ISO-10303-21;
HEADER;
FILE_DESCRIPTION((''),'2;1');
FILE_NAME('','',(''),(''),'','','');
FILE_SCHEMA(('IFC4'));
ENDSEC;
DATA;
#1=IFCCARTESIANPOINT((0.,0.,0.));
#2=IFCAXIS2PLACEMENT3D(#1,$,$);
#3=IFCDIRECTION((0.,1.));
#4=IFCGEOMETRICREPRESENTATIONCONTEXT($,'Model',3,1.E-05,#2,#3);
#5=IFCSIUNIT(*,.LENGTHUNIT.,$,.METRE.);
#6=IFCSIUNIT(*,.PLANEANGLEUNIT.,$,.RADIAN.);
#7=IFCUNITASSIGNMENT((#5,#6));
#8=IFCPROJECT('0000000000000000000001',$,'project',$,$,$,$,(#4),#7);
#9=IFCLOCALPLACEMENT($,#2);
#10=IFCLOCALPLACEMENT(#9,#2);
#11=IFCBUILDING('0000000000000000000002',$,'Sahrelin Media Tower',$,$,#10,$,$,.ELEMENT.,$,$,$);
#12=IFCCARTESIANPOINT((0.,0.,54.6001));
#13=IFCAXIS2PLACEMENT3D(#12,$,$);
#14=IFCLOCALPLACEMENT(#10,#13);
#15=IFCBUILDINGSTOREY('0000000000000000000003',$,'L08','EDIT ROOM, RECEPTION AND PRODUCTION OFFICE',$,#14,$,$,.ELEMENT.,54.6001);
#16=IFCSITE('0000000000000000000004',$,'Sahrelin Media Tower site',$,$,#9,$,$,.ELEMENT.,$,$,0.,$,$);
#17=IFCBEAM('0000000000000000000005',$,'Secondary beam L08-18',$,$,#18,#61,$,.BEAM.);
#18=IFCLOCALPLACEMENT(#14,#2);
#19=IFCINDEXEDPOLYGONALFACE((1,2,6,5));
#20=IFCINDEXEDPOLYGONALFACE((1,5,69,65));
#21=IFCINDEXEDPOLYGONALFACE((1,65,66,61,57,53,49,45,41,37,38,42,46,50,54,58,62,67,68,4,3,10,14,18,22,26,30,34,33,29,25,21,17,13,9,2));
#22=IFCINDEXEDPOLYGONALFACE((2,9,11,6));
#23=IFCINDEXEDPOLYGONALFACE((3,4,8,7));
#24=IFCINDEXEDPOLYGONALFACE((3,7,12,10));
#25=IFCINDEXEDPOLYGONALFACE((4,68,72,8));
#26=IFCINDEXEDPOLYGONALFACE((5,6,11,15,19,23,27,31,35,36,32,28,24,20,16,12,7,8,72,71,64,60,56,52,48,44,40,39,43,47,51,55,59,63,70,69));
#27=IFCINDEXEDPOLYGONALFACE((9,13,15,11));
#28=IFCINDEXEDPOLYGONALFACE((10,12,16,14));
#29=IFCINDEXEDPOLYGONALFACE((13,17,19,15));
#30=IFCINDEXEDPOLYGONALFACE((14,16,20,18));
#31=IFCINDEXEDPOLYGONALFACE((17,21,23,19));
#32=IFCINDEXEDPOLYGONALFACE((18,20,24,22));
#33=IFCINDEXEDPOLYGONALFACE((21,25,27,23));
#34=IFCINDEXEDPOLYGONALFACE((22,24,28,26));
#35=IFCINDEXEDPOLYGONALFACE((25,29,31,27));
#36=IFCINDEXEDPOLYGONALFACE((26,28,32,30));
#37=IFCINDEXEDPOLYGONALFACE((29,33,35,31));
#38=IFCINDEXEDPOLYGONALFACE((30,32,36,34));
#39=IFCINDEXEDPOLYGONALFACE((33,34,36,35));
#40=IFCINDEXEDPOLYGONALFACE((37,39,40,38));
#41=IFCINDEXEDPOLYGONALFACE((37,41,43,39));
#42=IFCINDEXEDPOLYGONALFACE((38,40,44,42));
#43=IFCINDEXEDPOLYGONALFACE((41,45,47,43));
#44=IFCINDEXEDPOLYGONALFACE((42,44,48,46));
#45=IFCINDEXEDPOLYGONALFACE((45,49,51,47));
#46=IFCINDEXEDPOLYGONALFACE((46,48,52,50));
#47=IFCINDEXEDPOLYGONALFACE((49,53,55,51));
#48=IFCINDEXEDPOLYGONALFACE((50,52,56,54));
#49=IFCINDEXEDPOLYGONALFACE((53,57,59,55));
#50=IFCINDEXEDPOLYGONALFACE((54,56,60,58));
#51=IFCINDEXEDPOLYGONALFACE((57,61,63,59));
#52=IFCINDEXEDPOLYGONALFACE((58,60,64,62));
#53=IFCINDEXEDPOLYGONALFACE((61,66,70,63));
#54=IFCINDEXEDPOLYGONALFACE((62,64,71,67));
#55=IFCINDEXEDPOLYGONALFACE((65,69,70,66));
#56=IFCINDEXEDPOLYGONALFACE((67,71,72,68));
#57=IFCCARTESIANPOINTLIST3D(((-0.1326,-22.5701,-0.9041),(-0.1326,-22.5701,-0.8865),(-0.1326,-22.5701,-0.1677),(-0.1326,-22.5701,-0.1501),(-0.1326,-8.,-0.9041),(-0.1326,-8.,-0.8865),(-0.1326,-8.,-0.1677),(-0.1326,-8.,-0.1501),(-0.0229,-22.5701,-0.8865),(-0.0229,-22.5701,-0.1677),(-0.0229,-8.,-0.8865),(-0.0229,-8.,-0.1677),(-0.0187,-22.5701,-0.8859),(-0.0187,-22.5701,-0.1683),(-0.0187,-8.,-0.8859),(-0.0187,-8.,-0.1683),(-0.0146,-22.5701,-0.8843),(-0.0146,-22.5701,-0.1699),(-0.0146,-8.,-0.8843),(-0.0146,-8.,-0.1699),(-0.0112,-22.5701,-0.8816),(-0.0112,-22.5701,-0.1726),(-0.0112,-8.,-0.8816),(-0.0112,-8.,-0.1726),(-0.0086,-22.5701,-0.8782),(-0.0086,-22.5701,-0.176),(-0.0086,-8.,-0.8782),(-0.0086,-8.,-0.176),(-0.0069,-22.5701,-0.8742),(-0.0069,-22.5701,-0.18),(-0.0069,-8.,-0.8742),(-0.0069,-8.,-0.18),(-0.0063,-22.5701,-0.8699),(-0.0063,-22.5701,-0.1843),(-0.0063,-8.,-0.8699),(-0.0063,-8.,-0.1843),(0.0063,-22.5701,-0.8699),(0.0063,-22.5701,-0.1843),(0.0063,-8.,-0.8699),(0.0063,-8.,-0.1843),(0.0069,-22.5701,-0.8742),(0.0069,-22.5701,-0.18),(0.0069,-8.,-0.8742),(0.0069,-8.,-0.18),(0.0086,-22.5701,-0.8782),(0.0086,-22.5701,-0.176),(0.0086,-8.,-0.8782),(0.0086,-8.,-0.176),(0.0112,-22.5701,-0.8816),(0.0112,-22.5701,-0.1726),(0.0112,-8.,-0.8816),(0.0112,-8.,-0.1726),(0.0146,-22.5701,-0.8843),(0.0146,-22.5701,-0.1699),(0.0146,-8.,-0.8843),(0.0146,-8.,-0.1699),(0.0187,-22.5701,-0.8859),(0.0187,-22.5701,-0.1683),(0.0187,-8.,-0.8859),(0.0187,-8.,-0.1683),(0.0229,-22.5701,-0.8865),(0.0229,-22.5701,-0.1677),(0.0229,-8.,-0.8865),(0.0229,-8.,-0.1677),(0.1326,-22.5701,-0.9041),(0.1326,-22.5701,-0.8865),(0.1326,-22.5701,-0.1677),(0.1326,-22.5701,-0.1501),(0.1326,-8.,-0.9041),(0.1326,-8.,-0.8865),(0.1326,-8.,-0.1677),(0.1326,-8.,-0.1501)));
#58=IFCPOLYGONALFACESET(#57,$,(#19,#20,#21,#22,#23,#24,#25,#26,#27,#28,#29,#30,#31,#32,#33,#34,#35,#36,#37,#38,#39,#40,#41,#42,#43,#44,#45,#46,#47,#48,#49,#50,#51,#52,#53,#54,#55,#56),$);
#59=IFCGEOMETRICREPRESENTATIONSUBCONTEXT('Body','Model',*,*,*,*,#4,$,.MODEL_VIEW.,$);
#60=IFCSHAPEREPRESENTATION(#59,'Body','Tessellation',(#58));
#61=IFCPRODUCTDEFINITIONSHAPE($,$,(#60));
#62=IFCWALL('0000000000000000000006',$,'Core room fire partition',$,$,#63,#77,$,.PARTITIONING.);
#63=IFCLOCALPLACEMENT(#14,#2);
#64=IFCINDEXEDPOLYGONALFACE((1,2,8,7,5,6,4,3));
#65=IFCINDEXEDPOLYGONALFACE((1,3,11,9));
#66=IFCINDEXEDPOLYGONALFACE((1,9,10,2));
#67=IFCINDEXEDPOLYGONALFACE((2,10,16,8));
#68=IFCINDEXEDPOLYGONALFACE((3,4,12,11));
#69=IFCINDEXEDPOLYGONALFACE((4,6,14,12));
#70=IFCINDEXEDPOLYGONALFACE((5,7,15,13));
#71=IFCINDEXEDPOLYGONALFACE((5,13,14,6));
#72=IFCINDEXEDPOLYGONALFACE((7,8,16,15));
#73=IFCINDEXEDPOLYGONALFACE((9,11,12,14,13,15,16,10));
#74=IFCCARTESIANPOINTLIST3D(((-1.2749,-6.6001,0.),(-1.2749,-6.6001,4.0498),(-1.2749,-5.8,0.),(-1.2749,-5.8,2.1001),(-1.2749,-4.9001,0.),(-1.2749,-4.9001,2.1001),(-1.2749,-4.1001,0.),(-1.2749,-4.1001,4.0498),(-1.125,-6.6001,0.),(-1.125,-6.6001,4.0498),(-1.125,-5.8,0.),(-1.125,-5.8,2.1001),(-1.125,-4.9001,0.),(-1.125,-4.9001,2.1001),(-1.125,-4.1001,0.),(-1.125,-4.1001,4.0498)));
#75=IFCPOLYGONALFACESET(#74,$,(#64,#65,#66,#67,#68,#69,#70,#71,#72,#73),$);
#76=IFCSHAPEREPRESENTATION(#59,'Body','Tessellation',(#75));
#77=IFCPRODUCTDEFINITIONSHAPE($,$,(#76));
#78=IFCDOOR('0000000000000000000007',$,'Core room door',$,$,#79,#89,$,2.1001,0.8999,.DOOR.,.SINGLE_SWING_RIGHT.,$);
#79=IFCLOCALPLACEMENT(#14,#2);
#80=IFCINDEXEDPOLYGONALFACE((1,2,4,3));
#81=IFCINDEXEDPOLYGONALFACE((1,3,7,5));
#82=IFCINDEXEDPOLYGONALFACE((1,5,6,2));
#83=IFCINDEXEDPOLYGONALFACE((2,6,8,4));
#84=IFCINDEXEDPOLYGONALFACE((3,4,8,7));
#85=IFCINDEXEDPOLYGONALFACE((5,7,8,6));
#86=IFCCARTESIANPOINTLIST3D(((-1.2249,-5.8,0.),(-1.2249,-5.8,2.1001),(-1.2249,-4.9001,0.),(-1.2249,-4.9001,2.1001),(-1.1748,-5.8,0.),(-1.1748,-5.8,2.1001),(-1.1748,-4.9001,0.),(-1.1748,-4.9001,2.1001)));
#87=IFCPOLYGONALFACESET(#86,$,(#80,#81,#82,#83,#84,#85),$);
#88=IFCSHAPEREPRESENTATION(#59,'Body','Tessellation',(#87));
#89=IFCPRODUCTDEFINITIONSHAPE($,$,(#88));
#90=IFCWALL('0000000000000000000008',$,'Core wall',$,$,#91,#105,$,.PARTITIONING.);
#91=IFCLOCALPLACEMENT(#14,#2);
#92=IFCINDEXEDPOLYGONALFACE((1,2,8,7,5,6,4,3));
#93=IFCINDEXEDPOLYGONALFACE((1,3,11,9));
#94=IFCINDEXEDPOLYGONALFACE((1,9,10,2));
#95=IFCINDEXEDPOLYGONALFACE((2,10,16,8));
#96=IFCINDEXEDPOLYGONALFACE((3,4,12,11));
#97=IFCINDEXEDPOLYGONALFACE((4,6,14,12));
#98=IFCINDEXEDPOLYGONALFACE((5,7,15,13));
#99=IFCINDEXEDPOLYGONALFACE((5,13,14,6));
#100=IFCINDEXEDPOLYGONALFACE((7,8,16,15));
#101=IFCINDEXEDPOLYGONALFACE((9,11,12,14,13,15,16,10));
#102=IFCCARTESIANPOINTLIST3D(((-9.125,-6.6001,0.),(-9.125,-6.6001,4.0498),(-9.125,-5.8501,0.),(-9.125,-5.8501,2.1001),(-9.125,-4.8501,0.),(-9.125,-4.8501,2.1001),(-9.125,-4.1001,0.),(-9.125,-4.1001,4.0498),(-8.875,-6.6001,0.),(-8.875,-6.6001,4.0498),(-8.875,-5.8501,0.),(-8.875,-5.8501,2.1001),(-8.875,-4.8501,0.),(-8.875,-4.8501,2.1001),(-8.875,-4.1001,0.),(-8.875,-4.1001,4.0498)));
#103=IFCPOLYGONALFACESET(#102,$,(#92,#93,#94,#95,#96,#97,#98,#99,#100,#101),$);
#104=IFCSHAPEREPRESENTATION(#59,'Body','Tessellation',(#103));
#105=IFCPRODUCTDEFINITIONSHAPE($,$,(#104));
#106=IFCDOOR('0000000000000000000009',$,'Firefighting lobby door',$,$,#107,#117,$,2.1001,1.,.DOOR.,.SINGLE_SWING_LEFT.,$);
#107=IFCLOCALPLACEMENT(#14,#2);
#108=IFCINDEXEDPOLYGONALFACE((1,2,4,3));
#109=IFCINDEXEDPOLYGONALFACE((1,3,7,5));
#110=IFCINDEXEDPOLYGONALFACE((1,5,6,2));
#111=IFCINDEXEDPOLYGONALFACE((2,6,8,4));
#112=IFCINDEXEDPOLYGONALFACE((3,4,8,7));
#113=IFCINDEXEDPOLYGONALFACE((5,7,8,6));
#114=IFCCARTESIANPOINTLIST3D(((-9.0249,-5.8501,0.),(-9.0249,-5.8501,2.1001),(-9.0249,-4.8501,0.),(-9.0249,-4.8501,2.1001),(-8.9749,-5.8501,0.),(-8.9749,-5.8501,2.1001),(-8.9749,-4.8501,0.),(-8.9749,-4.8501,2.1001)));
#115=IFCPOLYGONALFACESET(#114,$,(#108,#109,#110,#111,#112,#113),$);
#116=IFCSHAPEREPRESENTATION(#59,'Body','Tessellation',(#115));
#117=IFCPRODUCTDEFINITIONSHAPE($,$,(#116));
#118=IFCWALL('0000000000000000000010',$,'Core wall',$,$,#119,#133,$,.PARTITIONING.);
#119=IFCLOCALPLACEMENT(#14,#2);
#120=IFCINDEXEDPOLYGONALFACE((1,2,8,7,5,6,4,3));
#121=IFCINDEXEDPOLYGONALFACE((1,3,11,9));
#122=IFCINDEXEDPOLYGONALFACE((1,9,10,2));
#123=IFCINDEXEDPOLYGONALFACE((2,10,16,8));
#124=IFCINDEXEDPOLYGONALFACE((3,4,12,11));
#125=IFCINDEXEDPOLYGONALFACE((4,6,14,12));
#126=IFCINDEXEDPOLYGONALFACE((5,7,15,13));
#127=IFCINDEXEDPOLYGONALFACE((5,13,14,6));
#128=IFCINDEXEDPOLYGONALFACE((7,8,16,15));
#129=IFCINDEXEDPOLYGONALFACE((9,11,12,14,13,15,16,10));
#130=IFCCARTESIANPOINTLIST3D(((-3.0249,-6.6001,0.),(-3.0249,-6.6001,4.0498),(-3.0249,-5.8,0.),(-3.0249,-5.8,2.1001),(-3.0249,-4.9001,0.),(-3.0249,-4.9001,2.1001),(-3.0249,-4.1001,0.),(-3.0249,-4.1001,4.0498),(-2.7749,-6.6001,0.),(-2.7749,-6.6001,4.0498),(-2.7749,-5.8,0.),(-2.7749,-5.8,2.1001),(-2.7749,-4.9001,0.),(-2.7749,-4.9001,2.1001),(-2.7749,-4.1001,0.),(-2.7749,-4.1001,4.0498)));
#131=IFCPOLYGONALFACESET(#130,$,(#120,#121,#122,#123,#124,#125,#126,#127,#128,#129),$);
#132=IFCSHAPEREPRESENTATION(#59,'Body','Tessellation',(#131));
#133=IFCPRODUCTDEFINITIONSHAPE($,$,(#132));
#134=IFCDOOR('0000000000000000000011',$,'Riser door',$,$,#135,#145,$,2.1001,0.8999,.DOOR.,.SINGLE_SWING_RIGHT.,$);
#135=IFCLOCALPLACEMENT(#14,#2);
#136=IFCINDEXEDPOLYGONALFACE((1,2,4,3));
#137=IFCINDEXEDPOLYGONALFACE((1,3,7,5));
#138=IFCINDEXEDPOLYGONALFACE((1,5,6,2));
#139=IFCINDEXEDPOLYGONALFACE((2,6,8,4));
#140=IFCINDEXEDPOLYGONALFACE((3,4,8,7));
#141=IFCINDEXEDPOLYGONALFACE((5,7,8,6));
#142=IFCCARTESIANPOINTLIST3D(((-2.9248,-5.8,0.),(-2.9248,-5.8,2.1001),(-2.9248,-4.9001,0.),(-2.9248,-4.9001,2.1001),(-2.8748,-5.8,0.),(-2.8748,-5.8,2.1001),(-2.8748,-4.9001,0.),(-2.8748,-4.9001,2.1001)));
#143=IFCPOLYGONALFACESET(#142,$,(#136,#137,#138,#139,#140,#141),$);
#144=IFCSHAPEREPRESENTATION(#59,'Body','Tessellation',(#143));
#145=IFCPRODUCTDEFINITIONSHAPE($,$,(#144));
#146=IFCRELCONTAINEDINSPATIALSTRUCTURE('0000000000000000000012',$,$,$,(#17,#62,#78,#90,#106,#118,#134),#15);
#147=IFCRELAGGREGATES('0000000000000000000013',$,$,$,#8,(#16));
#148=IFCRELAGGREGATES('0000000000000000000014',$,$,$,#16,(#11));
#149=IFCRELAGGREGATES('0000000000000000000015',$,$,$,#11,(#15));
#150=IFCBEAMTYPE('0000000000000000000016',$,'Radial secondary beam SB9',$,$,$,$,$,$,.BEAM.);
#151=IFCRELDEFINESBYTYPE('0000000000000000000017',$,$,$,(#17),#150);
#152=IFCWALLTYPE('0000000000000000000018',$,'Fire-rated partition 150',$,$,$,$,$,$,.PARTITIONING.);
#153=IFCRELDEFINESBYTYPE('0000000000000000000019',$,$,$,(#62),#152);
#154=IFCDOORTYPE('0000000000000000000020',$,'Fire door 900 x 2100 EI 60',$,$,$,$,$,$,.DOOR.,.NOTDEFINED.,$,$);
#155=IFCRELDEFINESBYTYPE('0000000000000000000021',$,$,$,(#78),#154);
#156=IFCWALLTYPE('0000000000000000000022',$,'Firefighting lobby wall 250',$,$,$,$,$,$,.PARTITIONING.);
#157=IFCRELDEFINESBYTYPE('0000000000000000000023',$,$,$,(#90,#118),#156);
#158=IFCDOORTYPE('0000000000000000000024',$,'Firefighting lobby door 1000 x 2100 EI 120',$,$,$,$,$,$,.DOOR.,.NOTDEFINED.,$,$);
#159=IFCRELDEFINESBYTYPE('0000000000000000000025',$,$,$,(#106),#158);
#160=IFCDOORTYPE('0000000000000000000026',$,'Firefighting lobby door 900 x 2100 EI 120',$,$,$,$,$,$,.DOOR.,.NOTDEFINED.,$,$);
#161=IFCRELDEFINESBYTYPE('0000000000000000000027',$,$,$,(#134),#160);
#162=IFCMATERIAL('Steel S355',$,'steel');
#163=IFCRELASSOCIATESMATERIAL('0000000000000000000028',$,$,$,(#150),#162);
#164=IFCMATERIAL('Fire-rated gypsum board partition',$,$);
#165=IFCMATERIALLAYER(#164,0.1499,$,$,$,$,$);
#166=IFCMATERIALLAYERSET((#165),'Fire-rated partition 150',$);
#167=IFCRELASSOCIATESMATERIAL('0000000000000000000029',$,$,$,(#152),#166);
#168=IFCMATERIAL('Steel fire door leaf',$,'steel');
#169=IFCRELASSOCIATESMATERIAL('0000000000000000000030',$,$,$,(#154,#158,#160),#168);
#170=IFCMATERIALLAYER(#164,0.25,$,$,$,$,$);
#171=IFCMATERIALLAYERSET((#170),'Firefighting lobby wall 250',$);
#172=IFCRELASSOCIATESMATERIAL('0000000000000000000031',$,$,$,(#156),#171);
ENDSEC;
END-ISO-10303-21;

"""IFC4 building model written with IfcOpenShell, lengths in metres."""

from ifc_helpers import new_model, si_unit, direction, frame, frame_2d, origin, origin_2d, place, context, subcontext, project, spatial, rectangle, i_section, extrude, material, layer, layer_set, material_profile, profile_set, type_object, element, fill, save


model = new_model("IFC4")

# Units and contexts
model_context = context("Model", 3, precision=1e-05, world=origin(), true_north=direction((0.0, 1.0)))
body_context = subcontext(model_context, "Body", "Model", "MODEL_VIEW")
ifc_project = project(units=[si_unit("LENGTHUNIT", "METRE"), si_unit("PLANEANGLEUNIT", "RADIAN")], contexts=[model_context])

# Site, building, storey
site_placement = place(None, origin())
site = spatial("IfcSite", under=ifc_project, at=site_placement, Name="Sahrelin Media Tower site", CompositionType="ELEMENT", RefElevation=0.0)
building_placement = place(site_placement, origin())
building = spatial("IfcBuilding", under=site, at=building_placement, Name="Sahrelin Media Tower", CompositionType="ELEMENT")
storey_placement = place(building_placement, frame((0.0, 0.0, 54.6001)))
storey = spatial("IfcBuildingStorey", under=building, at=storey_placement, Name="L08", Description="EDIT ROOM, RECEPTION AND PRODUCTION OFFICE", CompositionType="ELEMENT", Elevation=54.6001)

# Beam
ifc_material_1 = material(Name="Steel S355", Category="steel")
ifc_material_profile_1 = material_profile(ifc_material_1, i_section(OverallWidth=0.2651, OverallDepth=0.7539, WebThickness=0.0127, FlangeThickness=0.0176, FilletRadius=0.0166, at=origin_2d()), Name="UB 762x267x147")
ifc_profile_set_1 = profile_set([ifc_material_profile_1], Name="Steel S355")
beam_type_1 = type_object("IfcBeamType", Name="Radial secondary beam SB9", PredefinedType="BEAM", material=ifc_profile_set_1)
beam_1_placement = place(storey_placement, frame((0.0, -8.0, -0.5271), z_axis=(0.0, -1.0, 0.0), x_axis=(1.0, 0.0, 0.0)))
element("IfcBeam", 1, at=beam_1_placement, inside=storey, type_object=beam_type_1, Name="Secondary beam L08-18", PredefinedType="BEAM", context=body_context, shape_type="SweptSolid", body=[
    extrude(i_section(OverallWidth=0.2651, OverallDepth=0.7539, WebThickness=0.0127, FlangeThickness=0.0176, FilletRadius=0.0166, at=origin_2d()), origin(), (0.0, 0.0, 1.0), 14.5701),
])

# Walls, openings, doors
ifc_material_2 = material(Name="Fire-rated gypsum board partition")
ifc_layer_1 = layer(ifc_material_2, 0.1499)
ifc_layer_set_1 = layer_set([ifc_layer_1], Name="Fire-rated partition 150")
wall_type_1 = type_object("IfcWallType", Name="Fire-rated partition 150", PredefinedType="PARTITIONING", material=ifc_layer_set_1)
wall_1_placement = place(storey_placement, frame((-1.2, -6.6001, 0.0), z_axis=(0.0, 0.0, 1.0), x_axis=(0.0, 1.0, 0.0)))
wall_1 = element("IfcWall", 2, at=wall_1_placement, inside=storey, type_object=wall_type_1, Name="Core room fire partition", PredefinedType="PARTITIONING", context=body_context, shape_type="SweptSolid", body=[
    extrude(rectangle(XDim=2.5, YDim=0.1499, at=frame_2d((1.25, 0.0))), origin(), (0.0, 0.0, 1.0), 4.0498),
])
opening_1_placement = place(wall_1_placement, frame((0.8, 0.0, 0.0)))
opening_1 = element("IfcOpeningElement", 3, at=opening_1_placement, cuts=wall_1, PredefinedType="OPENING", context=body_context, shape_type="SweptSolid", body=[
    extrude(rectangle(XDim=0.8999, YDim=2.1001, at=frame_2d((0.45, 1.05))), frame((0.0, 0.075, 0.0), z_axis=(0.0, -1.0, 0.0), x_axis=(1.0, 0.0, 0.0)), (0.0, 0.0, 1.0), 0.1499),
])
ifc_material_3 = material(Name="Steel fire door leaf", Category="steel")
door_type_1 = type_object("IfcDoorType", Name="Fire door 900 x 2100 EI 60", OperationType="NOTDEFINED", PredefinedType="DOOR", material=ifc_material_3)
door_1_placement = place(opening_1_placement, origin())
door_1 = element("IfcDoor", 4, at=door_1_placement, inside=storey, type_object=door_type_1, Name="Core room door", OperationType="SINGLE_SWING_RIGHT", OverallHeight=2.1001, OverallWidth=0.8999, PredefinedType="DOOR", context=body_context, shape_type="SweptSolid", body=[
    extrude(rectangle(XDim=0.8999, YDim=2.1001, at=frame_2d((0.45, 1.05))), frame((0.0, 0.0249, 0.0), z_axis=(0.0, -1.0, 0.0), x_axis=(1.0, 0.0, 0.0)), (0.0, 0.0, 1.0), 0.05),
])
fill(opening_1, door_1)
ifc_layer_2 = layer(ifc_material_2, 0.25)
ifc_layer_set_2 = layer_set([ifc_layer_2], Name="Firefighting lobby wall 250")
wall_type_2 = type_object("IfcWallType", Name="Firefighting lobby wall 250", PredefinedType="PARTITIONING", material=ifc_layer_set_2)
wall_2_placement = place(storey_placement, frame((-9.0, -6.6001, 0.0), z_axis=(0.0, 0.0, 1.0), x_axis=(0.0, 1.0, 0.0)))
wall_2 = element("IfcWall", 5, at=wall_2_placement, inside=storey, type_object=wall_type_2, Name="Core wall", PredefinedType="PARTITIONING", context=body_context, shape_type="SweptSolid", body=[
    extrude(rectangle(XDim=2.5, YDim=0.25, at=frame_2d((1.25, 0.0))), origin(), (0.0, 0.0, 1.0), 4.0498),
])
opening_2_placement = place(wall_2_placement, frame((0.75, 0.0, 0.0)))
opening_2 = element("IfcOpeningElement", 6, at=opening_2_placement, cuts=wall_2, PredefinedType="OPENING", context=body_context, shape_type="SweptSolid", body=[
    extrude(rectangle(XDim=1.0, YDim=2.1001, at=frame_2d((0.5, 1.05))), frame((0.0, 0.125, 0.0), z_axis=(0.0, -1.0, 0.0), x_axis=(1.0, 0.0, 0.0)), (0.0, 0.0, 1.0), 0.25),
])
door_type_2 = type_object("IfcDoorType", Name="Firefighting lobby door 1000 x 2100 EI 120", OperationType="NOTDEFINED", PredefinedType="DOOR", material=ifc_material_3)
door_2_placement = place(opening_2_placement, origin())
door_2 = element("IfcDoor", 7, at=door_2_placement, inside=storey, type_object=door_type_2, Name="Firefighting lobby door", OperationType="SINGLE_SWING_LEFT", OverallHeight=2.1001, OverallWidth=1.0, PredefinedType="DOOR", context=body_context, shape_type="SweptSolid", body=[
    extrude(rectangle(XDim=1.0, YDim=2.1001, at=frame_2d((0.5, 1.05))), frame((0.0, 0.0249, 0.0), z_axis=(0.0, -1.0, 0.0), x_axis=(1.0, 0.0, 0.0)), (0.0, 0.0, 1.0), 0.05),
])
fill(opening_2, door_2)
wall_3_placement = place(storey_placement, frame((-2.8999, -6.6001, 0.0), z_axis=(0.0, 0.0, 1.0), x_axis=(0.0, 1.0, 0.0)))
wall_3 = element("IfcWall", 8, at=wall_3_placement, inside=storey, type_object=wall_type_2, Name="Core wall", PredefinedType="PARTITIONING", context=body_context, shape_type="SweptSolid", body=[
    extrude(rectangle(XDim=2.5, YDim=0.25, at=frame_2d((1.25, 0.0))), origin(), (0.0, 0.0, 1.0), 4.0498),
])
opening_3_placement = place(wall_3_placement, frame((0.8, 0.0, 0.0)))
opening_3 = element("IfcOpeningElement", 9, at=opening_3_placement, cuts=wall_3, PredefinedType="OPENING", context=body_context, shape_type="SweptSolid", body=[
    extrude(rectangle(XDim=0.8999, YDim=2.1001, at=frame_2d((0.45, 1.05))), frame((0.0, 0.125, 0.0), z_axis=(0.0, -1.0, 0.0), x_axis=(1.0, 0.0, 0.0)), (0.0, 0.0, 1.0), 0.25),
])
door_type_3 = type_object("IfcDoorType", Name="Firefighting lobby door 900 x 2100 EI 120", OperationType="NOTDEFINED", PredefinedType="DOOR", material=ifc_material_3)
door_3_placement = place(opening_3_placement, origin())
door_3 = element("IfcDoor", 10, at=door_3_placement, inside=storey, type_object=door_type_3, Name="Riser door", OperationType="SINGLE_SWING_RIGHT", OverallHeight=2.1001, OverallWidth=0.8999, PredefinedType="DOOR", context=body_context, shape_type="SweptSolid", body=[
    extrude(rectangle(XDim=0.8999, YDim=2.1001, at=frame_2d((0.45, 1.05))), frame((0.0, 0.0249, 0.0), z_axis=(0.0, -1.0, 0.0), x_axis=(1.0, 0.0, 0.0)), (0.0, 0.0, 1.0), 0.05),
])
fill(opening_3, door_3)

save(model, "model.ifc")
